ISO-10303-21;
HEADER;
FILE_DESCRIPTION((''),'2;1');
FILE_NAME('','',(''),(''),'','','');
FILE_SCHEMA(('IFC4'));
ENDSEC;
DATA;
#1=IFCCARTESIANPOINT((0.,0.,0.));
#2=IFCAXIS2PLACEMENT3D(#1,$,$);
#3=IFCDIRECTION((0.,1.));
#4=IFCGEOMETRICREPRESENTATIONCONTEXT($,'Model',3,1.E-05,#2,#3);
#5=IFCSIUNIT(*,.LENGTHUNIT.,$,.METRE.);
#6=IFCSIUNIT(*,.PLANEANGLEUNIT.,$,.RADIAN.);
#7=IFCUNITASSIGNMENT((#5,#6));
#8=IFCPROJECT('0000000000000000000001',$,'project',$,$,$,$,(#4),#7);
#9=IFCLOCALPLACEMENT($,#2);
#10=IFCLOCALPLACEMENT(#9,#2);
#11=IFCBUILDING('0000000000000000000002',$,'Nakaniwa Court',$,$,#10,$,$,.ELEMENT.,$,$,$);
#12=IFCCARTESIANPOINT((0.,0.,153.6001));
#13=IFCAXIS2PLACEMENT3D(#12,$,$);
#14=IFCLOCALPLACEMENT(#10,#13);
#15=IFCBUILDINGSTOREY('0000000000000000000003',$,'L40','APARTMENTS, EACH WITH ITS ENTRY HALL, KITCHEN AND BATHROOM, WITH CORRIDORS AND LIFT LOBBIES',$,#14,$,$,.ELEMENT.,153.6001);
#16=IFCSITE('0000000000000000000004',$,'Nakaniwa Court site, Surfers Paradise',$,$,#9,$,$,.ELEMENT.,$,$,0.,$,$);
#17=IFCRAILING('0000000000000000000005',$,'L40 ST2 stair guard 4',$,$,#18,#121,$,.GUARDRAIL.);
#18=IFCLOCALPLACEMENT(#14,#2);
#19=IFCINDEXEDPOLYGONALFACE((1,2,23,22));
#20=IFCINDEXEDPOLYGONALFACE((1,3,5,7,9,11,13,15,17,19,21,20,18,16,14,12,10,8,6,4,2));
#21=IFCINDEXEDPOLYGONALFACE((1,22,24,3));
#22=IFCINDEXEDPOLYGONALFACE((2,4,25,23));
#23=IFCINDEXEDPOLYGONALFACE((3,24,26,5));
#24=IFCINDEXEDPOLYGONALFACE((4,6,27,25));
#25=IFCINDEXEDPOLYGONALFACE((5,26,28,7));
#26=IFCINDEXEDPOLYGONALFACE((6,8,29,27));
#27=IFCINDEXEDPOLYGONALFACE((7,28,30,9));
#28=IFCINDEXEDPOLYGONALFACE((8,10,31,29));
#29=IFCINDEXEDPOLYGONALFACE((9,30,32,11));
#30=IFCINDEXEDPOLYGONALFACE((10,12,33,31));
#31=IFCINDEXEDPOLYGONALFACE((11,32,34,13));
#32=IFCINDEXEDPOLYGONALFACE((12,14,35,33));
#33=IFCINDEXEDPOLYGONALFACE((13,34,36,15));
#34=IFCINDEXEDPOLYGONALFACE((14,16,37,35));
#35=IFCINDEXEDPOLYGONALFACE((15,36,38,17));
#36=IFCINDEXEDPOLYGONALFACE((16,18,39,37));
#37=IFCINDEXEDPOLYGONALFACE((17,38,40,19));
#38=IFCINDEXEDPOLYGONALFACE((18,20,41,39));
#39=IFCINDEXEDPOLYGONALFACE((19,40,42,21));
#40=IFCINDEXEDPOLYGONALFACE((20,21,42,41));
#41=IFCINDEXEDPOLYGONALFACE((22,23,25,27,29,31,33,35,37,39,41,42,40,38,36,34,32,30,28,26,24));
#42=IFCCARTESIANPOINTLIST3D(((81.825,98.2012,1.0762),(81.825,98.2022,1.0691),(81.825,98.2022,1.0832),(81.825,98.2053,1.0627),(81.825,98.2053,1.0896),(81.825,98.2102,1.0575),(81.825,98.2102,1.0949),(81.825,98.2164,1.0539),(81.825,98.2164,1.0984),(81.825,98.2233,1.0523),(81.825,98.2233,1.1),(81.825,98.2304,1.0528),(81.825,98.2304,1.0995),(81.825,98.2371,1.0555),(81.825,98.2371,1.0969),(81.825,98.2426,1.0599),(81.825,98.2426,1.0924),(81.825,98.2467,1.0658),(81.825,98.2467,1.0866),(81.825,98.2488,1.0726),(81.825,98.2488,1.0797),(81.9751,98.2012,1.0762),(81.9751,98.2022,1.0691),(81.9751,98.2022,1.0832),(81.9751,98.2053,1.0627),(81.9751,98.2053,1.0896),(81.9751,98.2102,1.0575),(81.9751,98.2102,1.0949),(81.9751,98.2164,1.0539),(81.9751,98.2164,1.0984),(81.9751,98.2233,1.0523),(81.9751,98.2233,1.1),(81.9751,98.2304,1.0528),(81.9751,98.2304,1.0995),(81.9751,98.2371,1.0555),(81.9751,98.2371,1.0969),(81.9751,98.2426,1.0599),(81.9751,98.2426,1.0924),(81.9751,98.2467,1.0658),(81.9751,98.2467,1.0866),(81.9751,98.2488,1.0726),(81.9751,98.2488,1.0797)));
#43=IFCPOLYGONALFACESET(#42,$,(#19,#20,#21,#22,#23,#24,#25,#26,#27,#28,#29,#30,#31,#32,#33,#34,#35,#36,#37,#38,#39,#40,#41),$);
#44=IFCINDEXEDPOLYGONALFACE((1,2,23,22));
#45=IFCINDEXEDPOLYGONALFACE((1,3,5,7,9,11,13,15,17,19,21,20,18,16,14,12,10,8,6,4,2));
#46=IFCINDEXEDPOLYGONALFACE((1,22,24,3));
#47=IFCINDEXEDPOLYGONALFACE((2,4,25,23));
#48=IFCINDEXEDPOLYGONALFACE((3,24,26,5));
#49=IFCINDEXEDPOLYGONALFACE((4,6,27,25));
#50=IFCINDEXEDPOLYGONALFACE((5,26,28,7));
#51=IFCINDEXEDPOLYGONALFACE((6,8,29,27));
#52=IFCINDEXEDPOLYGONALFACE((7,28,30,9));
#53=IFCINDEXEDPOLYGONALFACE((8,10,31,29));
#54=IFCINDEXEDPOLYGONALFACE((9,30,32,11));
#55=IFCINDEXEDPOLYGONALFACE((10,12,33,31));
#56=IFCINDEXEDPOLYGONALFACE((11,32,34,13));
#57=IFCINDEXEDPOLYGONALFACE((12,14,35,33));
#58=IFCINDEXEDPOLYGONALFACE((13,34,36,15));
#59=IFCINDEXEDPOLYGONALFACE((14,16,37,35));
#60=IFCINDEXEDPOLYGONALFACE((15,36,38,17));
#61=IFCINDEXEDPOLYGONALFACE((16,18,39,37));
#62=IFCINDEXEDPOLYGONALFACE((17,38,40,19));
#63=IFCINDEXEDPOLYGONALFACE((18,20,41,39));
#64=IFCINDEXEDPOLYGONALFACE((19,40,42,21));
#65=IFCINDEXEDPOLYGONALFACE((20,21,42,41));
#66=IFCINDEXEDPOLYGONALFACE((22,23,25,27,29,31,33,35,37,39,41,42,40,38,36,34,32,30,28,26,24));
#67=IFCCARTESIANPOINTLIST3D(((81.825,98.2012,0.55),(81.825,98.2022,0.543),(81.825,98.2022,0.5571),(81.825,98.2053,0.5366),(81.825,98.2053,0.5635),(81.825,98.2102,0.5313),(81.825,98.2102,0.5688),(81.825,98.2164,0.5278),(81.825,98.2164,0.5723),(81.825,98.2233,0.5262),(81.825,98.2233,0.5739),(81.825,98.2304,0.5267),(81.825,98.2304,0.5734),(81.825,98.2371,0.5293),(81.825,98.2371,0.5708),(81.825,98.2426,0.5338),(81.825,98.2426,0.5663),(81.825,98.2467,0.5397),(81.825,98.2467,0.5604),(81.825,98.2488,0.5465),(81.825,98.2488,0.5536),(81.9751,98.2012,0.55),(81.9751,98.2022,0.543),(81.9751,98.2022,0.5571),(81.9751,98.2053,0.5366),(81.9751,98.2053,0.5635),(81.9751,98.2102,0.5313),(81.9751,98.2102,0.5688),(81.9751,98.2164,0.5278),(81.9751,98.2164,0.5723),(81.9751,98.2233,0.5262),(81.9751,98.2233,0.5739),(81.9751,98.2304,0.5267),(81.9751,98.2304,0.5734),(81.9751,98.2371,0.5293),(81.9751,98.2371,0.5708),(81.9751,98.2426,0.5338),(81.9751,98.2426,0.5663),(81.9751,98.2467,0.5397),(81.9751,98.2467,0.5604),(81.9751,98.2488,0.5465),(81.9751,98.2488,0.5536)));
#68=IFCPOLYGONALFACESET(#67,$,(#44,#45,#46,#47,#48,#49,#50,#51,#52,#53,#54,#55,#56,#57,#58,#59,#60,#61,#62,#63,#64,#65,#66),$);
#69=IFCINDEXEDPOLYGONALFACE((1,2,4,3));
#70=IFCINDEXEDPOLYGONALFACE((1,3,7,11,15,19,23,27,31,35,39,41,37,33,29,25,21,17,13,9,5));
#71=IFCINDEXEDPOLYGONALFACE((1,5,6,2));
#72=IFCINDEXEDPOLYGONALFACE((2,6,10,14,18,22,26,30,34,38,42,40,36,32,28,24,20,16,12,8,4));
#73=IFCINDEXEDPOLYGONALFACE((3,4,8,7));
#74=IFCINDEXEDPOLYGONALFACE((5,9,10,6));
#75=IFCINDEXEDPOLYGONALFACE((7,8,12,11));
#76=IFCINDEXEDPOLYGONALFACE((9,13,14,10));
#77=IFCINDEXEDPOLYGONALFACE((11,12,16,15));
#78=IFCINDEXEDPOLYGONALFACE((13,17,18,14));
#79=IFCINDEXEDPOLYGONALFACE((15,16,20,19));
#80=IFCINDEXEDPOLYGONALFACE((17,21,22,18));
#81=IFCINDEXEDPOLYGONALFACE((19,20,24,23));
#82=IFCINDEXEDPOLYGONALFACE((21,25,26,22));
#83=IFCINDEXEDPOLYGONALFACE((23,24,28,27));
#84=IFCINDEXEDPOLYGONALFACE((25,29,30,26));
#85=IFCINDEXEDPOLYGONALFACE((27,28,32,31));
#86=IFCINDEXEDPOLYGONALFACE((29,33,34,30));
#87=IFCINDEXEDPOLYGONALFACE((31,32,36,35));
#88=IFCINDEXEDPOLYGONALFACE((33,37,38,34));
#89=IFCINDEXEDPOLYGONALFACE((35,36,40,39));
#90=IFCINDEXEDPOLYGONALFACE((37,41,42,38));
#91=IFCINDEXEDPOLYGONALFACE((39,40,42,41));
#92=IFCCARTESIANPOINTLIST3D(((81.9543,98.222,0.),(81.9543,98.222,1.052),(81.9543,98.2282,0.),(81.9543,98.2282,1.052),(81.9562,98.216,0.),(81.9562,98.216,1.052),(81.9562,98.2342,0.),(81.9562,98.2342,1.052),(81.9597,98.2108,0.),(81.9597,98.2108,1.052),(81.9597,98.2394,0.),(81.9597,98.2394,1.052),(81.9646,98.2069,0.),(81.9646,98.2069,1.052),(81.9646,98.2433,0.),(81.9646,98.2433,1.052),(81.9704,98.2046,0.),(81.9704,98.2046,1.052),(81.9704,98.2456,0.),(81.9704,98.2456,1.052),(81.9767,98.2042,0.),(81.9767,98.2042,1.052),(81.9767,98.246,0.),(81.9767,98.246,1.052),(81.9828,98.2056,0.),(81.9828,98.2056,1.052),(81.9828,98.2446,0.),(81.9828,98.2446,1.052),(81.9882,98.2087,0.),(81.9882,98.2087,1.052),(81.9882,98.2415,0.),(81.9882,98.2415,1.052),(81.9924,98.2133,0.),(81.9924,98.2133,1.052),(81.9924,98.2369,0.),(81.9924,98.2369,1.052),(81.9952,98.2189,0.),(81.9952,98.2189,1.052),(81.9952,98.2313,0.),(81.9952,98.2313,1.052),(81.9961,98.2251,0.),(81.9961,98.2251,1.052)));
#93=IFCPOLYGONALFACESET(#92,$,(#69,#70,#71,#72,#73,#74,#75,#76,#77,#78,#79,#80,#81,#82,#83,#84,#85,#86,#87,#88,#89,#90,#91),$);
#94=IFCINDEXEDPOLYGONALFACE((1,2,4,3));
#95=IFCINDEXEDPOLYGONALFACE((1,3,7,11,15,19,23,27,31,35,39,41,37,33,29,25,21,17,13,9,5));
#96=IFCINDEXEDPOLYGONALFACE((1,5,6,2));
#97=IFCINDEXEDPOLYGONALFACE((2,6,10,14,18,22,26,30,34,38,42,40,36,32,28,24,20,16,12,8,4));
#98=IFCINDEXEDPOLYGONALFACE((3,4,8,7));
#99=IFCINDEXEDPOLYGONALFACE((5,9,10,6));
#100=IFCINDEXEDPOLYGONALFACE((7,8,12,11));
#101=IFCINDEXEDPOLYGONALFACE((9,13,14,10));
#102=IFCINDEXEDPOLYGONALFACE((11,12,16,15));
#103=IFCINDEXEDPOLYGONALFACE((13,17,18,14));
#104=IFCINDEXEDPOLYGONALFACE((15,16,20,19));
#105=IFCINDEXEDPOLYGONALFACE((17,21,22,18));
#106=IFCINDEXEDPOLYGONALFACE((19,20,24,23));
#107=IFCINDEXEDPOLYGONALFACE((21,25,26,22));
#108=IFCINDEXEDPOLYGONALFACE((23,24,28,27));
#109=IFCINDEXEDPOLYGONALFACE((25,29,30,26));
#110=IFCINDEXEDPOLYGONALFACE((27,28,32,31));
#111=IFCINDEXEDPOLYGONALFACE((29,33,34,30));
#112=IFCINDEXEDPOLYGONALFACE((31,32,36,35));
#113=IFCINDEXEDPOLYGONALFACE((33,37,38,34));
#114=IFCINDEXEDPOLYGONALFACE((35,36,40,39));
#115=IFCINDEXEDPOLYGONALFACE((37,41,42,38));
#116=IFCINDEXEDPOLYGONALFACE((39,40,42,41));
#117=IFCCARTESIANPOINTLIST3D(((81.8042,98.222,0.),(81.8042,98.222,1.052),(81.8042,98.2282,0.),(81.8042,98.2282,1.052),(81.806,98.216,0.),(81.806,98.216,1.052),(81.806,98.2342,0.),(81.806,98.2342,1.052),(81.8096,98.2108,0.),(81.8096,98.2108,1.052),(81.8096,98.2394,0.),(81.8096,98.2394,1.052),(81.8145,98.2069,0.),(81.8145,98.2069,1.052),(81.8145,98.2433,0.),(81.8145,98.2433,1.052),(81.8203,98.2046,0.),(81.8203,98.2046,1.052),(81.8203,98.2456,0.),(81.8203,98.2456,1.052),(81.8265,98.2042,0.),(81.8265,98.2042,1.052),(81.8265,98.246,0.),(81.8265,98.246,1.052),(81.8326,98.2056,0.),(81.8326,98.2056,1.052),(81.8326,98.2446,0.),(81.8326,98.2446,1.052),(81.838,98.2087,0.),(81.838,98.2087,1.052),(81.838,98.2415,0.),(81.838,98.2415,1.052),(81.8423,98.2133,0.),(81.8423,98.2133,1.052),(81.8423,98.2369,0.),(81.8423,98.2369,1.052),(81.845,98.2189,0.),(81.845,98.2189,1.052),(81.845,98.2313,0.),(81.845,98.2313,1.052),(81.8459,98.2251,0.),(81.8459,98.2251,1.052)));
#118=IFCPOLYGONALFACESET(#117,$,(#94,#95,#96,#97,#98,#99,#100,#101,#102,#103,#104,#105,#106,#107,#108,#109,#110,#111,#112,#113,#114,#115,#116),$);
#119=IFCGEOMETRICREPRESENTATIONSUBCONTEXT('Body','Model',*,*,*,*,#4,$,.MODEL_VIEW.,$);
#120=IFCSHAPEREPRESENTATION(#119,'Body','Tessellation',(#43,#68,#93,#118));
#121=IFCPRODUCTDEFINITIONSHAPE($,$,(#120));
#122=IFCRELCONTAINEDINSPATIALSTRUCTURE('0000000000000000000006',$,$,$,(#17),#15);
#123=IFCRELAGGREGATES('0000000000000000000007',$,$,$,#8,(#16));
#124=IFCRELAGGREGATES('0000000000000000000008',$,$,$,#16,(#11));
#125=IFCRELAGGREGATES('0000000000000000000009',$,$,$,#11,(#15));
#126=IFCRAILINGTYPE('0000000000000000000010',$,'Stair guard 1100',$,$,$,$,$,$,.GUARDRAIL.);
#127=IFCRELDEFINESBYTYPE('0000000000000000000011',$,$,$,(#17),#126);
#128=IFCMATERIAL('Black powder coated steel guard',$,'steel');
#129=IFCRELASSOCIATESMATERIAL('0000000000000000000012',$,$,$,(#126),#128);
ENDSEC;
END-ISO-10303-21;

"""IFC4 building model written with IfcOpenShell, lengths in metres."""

from ifc_helpers import new_model, si_unit, direction, frame, origin, origin_2d, place, context, subcontext, project, spatial, circle, extrude, material, type_object, element, save


model = new_model("IFC4")

# Units and contexts
model_context = context("Model", 3, precision=1e-05, world=origin(), true_north=direction((0.0, 1.0)))
body_context = subcontext(model_context, "Body", "Model", "MODEL_VIEW")
ifc_project = project(units=[si_unit("LENGTHUNIT", "METRE"), si_unit("PLANEANGLEUNIT", "RADIAN")], contexts=[model_context])

# Site, building, storey
site_placement = place(None, origin())
site = spatial("IfcSite", under=ifc_project, at=site_placement, Name="Nakaniwa Court site, Surfers Paradise", CompositionType="ELEMENT", RefElevation=0.0)
building_placement = place(site_placement, origin())
building = spatial("IfcBuilding", under=site, at=building_placement, Name="Nakaniwa Court", CompositionType="ELEMENT")
storey_placement = place(building_placement, frame((0.0, 0.0, 153.6001)))
storey = spatial("IfcBuildingStorey", under=building, at=storey_placement, Name="L40", Description="APARTMENTS, EACH WITH ITS ENTRY HALL, KITCHEN AND BATHROOM, WITH CORRIDORS AND LIFT LOBBIES", CompositionType="ELEMENT", Elevation=153.6001)

# Railing
ifc_material_1 = material(Name="Black powder coated steel guard", Category="steel")
railing_type_1 = type_object("IfcRailingType", Name="Stair guard 1100", PredefinedType="GUARDRAIL", material=ifc_material_1)
railing_1_placement = place(storey_placement, frame((81.9751, 98.2251, 0.0)))
element("IfcRailing", 1, at=railing_1_placement, inside=storey, type_object=railing_type_1, Name="L40 ST2 stair guard 4", PredefinedType="GUARDRAIL", context=body_context, shape_type="SweptSolid", body=[
    extrude(circle(Radius=0.0239, at=origin_2d()), frame((0.0, 0.0, 1.0762), z_axis=(-1.0, 0.0, 0.0), x_axis=(0.0, -1.0, 0.0)), (0.0, 0.0, 1.0), 0.1501),
    extrude(circle(Radius=0.0239, at=origin_2d()), frame((0.0, 0.0, 0.55), z_axis=(-1.0, 0.0, 0.0), x_axis=(0.0, -1.0, 0.0)), (0.0, 0.0, 1.0), 0.1501),
    extrude(circle(Radius=0.021, at=origin_2d()), origin(), (0.0, 0.0, 1.0), 1.052),
    extrude(circle(Radius=0.021, at=origin_2d()), frame((-0.1501, 0.0, 0.0)), (0.0, 0.0, 1.0), 1.052),
])

save(model, "model.ifc")
